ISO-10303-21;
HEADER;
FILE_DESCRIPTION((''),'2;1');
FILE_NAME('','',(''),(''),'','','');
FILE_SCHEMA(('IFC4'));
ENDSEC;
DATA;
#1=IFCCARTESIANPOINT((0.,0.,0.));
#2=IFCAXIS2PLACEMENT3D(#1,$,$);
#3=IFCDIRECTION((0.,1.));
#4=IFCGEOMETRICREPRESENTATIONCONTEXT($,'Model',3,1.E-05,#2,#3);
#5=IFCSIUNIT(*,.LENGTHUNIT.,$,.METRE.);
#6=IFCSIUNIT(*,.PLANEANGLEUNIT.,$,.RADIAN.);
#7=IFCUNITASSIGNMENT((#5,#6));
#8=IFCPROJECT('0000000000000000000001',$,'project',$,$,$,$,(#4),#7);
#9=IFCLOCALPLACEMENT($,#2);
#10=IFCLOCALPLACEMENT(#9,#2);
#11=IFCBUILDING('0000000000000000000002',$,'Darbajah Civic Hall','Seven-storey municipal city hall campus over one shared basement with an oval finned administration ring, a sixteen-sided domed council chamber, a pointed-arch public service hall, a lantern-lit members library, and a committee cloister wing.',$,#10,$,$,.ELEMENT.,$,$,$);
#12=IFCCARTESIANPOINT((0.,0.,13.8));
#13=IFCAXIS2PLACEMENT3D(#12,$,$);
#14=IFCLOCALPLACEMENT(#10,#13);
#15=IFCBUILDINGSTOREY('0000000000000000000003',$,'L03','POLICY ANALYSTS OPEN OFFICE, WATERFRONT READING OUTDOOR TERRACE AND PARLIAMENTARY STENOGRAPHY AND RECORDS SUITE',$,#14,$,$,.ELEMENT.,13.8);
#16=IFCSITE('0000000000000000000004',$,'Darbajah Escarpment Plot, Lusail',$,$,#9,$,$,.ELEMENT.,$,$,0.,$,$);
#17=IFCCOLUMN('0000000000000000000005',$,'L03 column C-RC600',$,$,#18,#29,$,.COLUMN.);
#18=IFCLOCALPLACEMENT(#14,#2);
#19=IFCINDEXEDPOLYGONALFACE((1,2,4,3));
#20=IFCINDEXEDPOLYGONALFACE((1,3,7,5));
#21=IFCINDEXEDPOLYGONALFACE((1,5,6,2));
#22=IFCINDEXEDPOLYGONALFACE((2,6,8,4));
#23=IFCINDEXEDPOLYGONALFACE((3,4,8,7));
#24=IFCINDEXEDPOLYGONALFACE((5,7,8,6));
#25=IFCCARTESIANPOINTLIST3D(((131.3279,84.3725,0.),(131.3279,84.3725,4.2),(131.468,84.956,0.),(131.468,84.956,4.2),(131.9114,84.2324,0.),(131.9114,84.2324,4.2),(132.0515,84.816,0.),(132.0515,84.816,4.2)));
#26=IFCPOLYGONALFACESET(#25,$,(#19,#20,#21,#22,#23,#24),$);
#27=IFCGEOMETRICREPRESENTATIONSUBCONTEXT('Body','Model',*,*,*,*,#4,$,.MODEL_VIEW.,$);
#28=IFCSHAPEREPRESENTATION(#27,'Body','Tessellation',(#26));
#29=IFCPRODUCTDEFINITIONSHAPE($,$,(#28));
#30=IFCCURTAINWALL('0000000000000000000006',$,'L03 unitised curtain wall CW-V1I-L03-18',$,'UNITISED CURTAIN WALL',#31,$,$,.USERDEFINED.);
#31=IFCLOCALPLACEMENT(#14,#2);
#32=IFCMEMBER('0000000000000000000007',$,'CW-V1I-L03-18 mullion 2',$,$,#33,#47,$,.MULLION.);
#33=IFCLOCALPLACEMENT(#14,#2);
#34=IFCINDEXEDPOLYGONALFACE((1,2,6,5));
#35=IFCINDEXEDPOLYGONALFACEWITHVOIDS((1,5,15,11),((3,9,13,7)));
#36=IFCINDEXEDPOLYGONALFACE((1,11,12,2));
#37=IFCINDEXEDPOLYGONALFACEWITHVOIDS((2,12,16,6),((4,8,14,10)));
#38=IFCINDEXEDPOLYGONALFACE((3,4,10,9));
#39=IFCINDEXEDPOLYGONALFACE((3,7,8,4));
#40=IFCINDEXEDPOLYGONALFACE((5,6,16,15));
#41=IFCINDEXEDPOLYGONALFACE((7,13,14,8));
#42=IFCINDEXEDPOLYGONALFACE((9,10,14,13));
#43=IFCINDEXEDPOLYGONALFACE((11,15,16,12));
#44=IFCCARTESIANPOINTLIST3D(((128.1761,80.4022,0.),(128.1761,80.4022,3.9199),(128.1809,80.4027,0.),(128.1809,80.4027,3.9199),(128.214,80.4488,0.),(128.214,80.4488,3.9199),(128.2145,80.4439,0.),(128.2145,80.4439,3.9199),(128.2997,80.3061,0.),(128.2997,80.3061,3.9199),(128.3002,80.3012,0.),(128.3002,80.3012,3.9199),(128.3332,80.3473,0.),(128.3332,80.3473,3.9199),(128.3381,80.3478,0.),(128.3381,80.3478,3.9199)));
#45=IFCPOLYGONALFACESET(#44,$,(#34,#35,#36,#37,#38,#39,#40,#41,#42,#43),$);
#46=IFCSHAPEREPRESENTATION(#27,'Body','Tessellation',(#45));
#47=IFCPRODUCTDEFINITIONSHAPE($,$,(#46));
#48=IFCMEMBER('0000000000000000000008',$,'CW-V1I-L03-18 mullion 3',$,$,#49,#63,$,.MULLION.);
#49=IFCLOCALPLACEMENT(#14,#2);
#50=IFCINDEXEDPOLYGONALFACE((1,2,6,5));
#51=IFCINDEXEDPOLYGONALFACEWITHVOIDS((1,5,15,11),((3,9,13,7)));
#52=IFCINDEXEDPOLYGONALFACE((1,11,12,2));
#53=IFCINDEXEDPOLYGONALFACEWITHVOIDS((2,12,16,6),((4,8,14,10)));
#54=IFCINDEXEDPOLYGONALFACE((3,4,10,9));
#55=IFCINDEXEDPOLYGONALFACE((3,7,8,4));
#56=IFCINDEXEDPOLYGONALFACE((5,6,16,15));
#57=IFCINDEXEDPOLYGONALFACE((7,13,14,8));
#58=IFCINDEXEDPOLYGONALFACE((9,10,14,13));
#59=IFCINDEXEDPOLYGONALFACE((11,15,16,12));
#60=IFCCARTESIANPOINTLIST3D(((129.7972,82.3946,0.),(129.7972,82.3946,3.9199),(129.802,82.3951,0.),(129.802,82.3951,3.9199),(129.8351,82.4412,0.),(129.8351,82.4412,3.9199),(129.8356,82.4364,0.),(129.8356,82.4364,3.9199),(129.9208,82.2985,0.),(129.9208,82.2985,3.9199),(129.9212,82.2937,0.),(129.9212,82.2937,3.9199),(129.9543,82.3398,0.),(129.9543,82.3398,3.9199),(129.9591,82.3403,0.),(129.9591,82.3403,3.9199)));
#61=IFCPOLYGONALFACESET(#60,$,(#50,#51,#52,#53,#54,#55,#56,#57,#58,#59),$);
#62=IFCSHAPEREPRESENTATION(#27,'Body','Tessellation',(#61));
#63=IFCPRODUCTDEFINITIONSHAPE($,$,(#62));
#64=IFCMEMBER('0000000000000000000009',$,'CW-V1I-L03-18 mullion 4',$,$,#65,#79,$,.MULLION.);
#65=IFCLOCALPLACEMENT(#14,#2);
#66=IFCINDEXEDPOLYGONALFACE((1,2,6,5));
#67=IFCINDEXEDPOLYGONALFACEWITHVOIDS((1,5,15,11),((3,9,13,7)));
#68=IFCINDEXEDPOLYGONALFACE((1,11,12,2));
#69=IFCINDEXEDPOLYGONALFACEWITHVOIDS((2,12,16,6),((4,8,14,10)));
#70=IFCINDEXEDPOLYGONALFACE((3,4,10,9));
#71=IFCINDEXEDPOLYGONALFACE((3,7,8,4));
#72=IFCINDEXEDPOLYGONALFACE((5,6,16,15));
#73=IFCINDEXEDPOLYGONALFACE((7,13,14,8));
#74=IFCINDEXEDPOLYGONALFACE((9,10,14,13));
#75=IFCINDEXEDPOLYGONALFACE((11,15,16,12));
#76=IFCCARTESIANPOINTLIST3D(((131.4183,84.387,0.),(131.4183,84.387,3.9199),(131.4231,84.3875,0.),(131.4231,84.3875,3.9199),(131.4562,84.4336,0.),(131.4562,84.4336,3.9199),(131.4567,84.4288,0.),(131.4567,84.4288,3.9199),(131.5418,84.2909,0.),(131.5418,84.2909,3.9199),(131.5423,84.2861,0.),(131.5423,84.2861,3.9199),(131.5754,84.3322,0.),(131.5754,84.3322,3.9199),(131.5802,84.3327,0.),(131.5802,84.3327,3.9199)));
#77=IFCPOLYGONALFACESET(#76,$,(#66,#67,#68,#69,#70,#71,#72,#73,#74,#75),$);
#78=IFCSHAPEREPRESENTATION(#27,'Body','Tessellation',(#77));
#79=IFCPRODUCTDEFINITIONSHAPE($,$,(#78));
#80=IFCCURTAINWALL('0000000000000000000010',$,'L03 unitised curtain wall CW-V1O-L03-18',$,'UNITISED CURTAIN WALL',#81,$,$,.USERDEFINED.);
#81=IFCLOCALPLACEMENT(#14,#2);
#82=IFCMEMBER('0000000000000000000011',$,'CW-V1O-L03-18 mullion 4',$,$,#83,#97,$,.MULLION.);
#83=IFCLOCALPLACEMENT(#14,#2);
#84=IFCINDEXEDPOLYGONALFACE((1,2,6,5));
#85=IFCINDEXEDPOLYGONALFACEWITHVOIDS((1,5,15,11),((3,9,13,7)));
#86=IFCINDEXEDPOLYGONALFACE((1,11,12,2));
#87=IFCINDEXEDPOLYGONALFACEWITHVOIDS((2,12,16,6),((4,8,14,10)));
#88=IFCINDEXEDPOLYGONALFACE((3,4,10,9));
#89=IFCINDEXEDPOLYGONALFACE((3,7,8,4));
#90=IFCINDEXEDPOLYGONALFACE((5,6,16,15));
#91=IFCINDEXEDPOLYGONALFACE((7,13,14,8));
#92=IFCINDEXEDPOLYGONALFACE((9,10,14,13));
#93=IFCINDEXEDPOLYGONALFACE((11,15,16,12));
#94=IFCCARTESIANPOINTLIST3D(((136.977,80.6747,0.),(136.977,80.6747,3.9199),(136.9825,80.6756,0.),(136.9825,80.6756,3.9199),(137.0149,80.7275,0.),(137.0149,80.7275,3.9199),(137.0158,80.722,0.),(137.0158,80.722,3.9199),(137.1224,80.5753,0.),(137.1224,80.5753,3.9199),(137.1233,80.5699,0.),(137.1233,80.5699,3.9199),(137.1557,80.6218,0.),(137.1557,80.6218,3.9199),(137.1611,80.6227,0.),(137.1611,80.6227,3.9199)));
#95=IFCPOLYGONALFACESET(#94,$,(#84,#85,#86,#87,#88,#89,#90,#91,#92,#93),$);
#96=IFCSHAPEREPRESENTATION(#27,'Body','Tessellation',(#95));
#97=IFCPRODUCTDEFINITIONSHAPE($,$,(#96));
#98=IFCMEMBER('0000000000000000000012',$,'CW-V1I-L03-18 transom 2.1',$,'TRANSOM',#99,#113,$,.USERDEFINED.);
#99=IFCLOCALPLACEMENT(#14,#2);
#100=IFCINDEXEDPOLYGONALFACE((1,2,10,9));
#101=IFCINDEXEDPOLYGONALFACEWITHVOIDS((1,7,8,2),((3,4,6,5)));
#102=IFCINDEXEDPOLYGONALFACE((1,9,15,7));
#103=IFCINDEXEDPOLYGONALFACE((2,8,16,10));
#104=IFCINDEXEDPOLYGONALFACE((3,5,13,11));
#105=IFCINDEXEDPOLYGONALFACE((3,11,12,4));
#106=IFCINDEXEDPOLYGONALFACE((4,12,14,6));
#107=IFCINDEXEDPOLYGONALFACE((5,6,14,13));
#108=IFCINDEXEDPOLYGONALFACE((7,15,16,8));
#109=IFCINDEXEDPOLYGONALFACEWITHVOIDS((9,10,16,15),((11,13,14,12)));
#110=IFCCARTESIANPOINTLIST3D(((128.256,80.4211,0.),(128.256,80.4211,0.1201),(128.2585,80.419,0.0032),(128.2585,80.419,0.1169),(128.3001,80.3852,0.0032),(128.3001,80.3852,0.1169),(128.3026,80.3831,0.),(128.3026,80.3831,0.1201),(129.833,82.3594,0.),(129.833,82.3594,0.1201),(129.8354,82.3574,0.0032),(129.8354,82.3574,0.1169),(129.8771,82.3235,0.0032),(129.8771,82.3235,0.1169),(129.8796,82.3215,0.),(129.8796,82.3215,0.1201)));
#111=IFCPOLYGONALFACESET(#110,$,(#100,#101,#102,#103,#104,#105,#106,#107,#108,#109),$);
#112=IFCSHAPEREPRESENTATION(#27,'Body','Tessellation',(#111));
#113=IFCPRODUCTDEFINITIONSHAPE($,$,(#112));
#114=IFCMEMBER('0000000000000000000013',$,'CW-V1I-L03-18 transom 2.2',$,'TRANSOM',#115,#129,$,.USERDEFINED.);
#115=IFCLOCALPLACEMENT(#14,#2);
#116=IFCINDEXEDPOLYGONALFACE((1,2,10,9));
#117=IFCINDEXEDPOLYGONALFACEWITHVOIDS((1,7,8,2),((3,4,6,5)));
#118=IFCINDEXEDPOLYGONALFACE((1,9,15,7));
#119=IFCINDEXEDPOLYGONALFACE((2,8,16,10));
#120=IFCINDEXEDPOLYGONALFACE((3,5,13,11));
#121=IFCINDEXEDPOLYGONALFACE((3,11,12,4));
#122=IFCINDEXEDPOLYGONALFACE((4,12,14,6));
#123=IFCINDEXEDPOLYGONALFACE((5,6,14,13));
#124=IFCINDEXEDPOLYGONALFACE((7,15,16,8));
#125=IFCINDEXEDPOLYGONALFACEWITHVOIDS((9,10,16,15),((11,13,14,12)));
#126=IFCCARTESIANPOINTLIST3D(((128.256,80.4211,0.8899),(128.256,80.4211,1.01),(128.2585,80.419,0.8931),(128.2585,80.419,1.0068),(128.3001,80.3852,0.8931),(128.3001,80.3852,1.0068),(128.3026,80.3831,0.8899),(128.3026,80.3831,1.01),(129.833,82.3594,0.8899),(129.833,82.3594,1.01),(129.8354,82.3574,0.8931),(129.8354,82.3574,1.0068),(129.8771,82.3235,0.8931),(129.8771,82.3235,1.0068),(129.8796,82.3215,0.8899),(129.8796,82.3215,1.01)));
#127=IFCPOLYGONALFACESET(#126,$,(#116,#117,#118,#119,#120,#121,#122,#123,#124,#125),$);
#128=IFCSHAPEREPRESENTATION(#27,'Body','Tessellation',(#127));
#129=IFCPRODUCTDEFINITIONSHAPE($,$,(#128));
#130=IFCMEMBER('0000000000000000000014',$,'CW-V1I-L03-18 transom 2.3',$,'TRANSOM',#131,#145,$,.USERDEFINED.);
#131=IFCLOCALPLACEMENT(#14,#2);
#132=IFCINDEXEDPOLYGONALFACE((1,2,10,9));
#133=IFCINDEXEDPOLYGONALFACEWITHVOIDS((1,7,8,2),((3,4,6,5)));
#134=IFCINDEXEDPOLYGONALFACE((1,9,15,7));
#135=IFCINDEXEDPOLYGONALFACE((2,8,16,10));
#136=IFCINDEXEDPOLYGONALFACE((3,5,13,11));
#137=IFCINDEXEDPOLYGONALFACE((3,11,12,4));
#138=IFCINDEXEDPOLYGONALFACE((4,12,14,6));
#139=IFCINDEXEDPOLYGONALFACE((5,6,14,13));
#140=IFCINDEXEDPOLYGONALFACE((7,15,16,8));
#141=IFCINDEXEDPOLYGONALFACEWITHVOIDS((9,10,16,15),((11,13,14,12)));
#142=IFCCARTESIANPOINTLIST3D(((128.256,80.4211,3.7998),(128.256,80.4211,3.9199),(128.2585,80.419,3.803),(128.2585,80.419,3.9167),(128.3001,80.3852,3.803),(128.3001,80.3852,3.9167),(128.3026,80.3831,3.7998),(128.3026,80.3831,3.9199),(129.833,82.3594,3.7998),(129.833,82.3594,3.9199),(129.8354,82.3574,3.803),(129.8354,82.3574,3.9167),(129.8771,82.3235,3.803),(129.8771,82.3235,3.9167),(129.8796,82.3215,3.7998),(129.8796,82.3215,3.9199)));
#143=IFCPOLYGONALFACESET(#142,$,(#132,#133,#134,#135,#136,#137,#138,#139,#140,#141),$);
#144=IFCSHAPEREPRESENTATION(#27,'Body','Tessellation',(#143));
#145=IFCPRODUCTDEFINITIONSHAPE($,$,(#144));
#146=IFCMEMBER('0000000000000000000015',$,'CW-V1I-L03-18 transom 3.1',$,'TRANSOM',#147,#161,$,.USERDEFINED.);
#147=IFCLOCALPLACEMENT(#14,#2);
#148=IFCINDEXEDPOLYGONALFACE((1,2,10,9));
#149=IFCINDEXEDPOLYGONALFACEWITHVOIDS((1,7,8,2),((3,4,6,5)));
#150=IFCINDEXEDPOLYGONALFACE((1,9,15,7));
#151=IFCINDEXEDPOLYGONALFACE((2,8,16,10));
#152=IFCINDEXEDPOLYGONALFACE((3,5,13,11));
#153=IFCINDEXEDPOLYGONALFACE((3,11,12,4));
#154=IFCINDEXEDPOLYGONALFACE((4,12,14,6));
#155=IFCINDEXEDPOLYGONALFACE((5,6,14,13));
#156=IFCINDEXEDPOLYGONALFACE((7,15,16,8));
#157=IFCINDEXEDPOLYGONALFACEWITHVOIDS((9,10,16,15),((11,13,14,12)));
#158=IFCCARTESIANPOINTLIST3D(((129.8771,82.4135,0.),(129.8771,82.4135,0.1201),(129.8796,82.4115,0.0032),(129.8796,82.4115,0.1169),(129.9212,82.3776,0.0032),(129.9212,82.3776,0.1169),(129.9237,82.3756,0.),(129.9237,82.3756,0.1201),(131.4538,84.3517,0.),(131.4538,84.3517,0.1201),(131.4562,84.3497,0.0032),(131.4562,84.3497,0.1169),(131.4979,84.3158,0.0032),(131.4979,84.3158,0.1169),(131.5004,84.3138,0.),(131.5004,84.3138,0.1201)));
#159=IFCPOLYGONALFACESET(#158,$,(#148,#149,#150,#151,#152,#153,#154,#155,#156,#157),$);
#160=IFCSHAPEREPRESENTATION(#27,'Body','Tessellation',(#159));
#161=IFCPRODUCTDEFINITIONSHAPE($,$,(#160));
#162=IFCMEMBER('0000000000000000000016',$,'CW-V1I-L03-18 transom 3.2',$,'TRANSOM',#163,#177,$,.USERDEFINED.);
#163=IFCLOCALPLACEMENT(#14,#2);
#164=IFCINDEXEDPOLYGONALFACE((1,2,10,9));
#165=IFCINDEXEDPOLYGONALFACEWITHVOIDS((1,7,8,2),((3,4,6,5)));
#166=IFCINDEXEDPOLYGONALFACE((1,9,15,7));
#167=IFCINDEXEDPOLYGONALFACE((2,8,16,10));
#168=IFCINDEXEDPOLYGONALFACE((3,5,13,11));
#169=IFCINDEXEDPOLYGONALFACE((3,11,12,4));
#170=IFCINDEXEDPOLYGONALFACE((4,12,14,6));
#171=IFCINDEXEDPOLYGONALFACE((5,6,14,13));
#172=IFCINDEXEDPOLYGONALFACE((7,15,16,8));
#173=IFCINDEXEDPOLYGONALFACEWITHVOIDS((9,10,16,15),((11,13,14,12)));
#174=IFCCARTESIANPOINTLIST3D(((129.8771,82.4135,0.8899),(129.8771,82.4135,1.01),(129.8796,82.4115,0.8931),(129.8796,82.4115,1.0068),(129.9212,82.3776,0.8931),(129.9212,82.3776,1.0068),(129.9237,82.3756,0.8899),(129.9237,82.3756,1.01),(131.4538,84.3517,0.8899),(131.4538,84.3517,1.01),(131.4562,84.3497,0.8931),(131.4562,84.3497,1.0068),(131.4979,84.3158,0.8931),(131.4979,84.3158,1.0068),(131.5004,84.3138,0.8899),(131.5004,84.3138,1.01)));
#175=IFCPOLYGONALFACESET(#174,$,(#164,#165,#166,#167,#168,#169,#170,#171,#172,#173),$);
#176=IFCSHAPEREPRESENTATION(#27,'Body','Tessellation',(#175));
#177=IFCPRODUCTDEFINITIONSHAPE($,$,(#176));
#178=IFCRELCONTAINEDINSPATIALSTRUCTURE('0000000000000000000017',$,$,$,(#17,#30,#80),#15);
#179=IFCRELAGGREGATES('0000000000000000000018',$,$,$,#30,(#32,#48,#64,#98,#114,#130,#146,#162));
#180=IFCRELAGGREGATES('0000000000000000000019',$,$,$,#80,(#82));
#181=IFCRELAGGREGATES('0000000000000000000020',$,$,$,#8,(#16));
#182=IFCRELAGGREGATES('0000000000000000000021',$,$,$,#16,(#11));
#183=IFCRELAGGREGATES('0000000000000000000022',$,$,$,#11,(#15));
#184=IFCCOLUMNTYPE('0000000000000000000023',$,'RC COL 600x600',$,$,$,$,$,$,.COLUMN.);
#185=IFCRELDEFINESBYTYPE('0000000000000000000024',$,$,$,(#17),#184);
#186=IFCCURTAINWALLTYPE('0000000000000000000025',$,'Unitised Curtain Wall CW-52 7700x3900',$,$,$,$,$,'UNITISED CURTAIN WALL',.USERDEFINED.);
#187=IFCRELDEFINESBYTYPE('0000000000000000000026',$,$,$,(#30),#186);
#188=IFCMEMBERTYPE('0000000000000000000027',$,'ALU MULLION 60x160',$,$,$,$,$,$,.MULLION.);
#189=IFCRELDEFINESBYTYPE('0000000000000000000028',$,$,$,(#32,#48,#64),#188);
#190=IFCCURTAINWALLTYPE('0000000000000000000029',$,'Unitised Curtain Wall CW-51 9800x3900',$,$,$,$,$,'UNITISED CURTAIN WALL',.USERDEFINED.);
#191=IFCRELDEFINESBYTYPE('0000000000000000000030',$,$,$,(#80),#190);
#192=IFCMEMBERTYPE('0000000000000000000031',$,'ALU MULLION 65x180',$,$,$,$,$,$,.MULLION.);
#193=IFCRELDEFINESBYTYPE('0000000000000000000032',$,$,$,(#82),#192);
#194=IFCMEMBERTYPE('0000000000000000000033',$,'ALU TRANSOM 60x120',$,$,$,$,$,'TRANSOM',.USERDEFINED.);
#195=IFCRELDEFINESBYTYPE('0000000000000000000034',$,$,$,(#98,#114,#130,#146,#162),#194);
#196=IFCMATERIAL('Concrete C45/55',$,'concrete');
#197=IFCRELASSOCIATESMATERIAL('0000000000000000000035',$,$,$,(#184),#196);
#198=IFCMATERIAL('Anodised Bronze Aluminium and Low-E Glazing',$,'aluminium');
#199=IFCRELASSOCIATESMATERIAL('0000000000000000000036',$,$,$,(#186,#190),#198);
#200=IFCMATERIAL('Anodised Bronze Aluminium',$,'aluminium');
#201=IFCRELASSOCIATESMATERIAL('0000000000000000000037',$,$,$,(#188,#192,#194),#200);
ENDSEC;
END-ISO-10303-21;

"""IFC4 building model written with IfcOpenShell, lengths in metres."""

from ifc_helpers import new_model, si_unit, direction, frame, origin, origin_2d, place, context, subcontext, project, spatial, rectangle, hollow_rectangle, extrude, material, material_profile, profile_set, type_object, element, aggregate, save


model = new_model("IFC4")

# Units and contexts
model_context = context("Model", 3, precision=1e-05, world=origin(), true_north=direction((0.0, 1.0)))
body_context = subcontext(model_context, "Body", "Model", "MODEL_VIEW")
ifc_project = project(units=[si_unit("LENGTHUNIT", "METRE"), si_unit("PLANEANGLEUNIT", "RADIAN")], contexts=[model_context])

# Site, building, storey
site_placement = place(None, origin())
site = spatial("IfcSite", under=ifc_project, at=site_placement, Name="Darbajah Escarpment Plot, Lusail", CompositionType="ELEMENT", RefElevation=0.0)
building_placement = place(site_placement, origin())
building = spatial("IfcBuilding", under=site, at=building_placement, Name="Darbajah Civic Hall", Description="Seven-storey municipal city hall campus over one shared basement with an oval finned administration ring, a sixteen-sided domed council chamber, a pointed-arch public service hall, a lantern-lit members library, and a committee cloister wing.", CompositionType="ELEMENT")
storey_placement = place(building_placement, frame((0.0, 0.0, 13.8)))
storey = spatial("IfcBuildingStorey", under=building, at=storey_placement, Name="L03", Description="POLICY ANALYSTS OPEN OFFICE, WATERFRONT READING OUTDOOR TERRACE AND PARLIAMENTARY STENOGRAPHY AND RECORDS SUITE", CompositionType="ELEMENT", Elevation=13.8)

# Column
ifc_material_1 = material(Name="Concrete C45/55", Category="concrete")
ifc_material_profile_1 = material_profile(ifc_material_1, rectangle(XDim=0.6001, YDim=0.6001, at=origin_2d()), Name="RC COL 600x600")
ifc_profile_set_1 = profile_set([ifc_material_profile_1], Name="Concrete C45/55")
column_type = type_object("IfcColumnType", Name="RC COL 600x600", PredefinedType="COLUMN", material=ifc_profile_set_1)
column_placement = place(storey_placement, frame((131.6897, 84.5942, 0.0), z_axis=(0.0, 0.0, 1.0), x_axis=(0.97237, -0.233445, 0.0)))
element("IfcColumn", 1, at=column_placement, inside=storey, type_object=column_type, Name="L03 column C-RC600", PredefinedType="COLUMN", context=body_context, shape_type="SweptSolid", body=[
    extrude(rectangle(XDim=0.6001, YDim=0.6001, at=origin_2d()), origin(), (0.0, 0.0, 1.0), 4.2),
])

# Curtain wall, members
ifc_material_2 = material(Name="Anodised Bronze Aluminium and Low-E Glazing", Category="aluminium")
curtain_wall_type_1 = type_object("IfcCurtainWallType", Name="Unitised Curtain Wall CW-52 7700x3900", ElementType="UNITISED CURTAIN WALL", PredefinedType="USERDEFINED", material=ifc_material_2)
curtain_wall_1_placement = place(storey_placement, origin())
curtain_wall_1 = element("IfcCurtainWall", 2, at=curtain_wall_1_placement, inside=storey, type_object=curtain_wall_type_1, Name="L03 unitised curtain wall CW-V1I-L03-18", ObjectType="UNITISED CURTAIN WALL", PredefinedType="USERDEFINED")
ifc_material_3 = material(Name="Anodised Bronze Aluminium", Category="aluminium")
ifc_material_profile_2 = material_profile(ifc_material_3, hollow_rectangle(XDim=0.0601, YDim=0.1599, WallThickness=0.0034, at=origin_2d()), Name="ALU MULLION 60x160")
ifc_profile_set_2 = profile_set([ifc_material_profile_2], Name="Anodised Bronze Aluminium")
member_type_1 = type_object("IfcMemberType", Name="ALU MULLION 60x160", PredefinedType="MULLION", material=ifc_profile_set_2)
member_1_placement = place(storey_placement, frame((128.2571, 80.375, 0.0), z_axis=(0.0, 0.0, 1.0), x_axis=(0.631082, 0.775716, 0.0)))
member_1 = element("IfcMember", 3, at=member_1_placement, type_object=member_type_1, Name="CW-V1I-L03-18 mullion 2", PredefinedType="MULLION", context=body_context, shape_type="SweptSolid", body=[
    extrude(hollow_rectangle(XDim=0.0601, YDim=0.1599, WallThickness=0.0034, at=origin_2d()), origin(), (0.0, 0.0, 1.0), 3.9199),
])
member_2_placement = place(storey_placement, frame((129.8782, 82.3674, 0.0), z_axis=(0.0, 0.0, 1.0), x_axis=(0.631082, 0.775716, 0.0)))
member_2 = element("IfcMember", 4, at=member_2_placement, type_object=member_type_1, Name="CW-V1I-L03-18 mullion 3", PredefinedType="MULLION", context=body_context, shape_type="SweptSolid", body=[
    extrude(hollow_rectangle(XDim=0.0601, YDim=0.1599, WallThickness=0.0034, at=origin_2d()), origin(), (0.0, 0.0, 1.0), 3.9199),
])
member_3_placement = place(storey_placement, frame((131.4993, 84.3599, 0.0), z_axis=(0.0, 0.0, 1.0), x_axis=(0.631082, 0.775716, 0.0)))
member_3 = element("IfcMember", 5, at=member_3_placement, type_object=member_type_1, Name="CW-V1I-L03-18 mullion 4", PredefinedType="MULLION", context=body_context, shape_type="SweptSolid", body=[
    extrude(hollow_rectangle(XDim=0.0601, YDim=0.1599, WallThickness=0.0034, at=origin_2d()), origin(), (0.0, 0.0, 1.0), 3.9199),
])

# Curtain wall, member
curtain_wall_type_2 = type_object("IfcCurtainWallType", Name="Unitised Curtain Wall CW-51 9800x3900", ElementType="UNITISED CURTAIN WALL", PredefinedType="USERDEFINED", material=ifc_material_2)
curtain_wall_2_placement = place(storey_placement, origin())
curtain_wall_2 = element("IfcCurtainWall", 6, at=curtain_wall_2_placement, inside=storey, type_object=curtain_wall_type_2, Name="L03 unitised curtain wall CW-V1O-L03-18", ObjectType="UNITISED CURTAIN WALL", PredefinedType="USERDEFINED")
ifc_material_profile_3 = material_profile(ifc_material_3, hollow_rectangle(XDim=0.0649, YDim=0.1799, WallThickness=0.0039, at=origin_2d()), Name="ALU MULLION 65x180")
ifc_profile_set_3 = profile_set([ifc_material_profile_3], Name="Anodised Bronze Aluminium")
member_type_2 = type_object("IfcMemberType", Name="ALU MULLION 65x180", PredefinedType="MULLION", material=ifc_profile_set_3)
member_4_placement = place(storey_placement, frame((137.0691, 80.6487, 0.0), z_axis=(0.0, 0.0, 1.0), x_axis=(0.582265, 0.812999, 0.0)))
member_4 = element("IfcMember", 7, at=member_4_placement, type_object=member_type_2, Name="CW-V1O-L03-18 mullion 4", PredefinedType="MULLION", context=body_context, shape_type="SweptSolid", body=[
    extrude(hollow_rectangle(XDim=0.0649, YDim=0.1799, WallThickness=0.0039, at=origin_2d()), origin(), (0.0, 0.0, 1.0), 3.9199),
])

# Members
ifc_material_profile_4 = material_profile(ifc_material_3, hollow_rectangle(XDim=0.0601, YDim=0.1201, WallThickness=0.0032, at=origin_2d()), Name="ALU TRANSOM 60x120")
ifc_profile_set_4 = profile_set([ifc_material_profile_4], Name="Anodised Bronze Aluminium")
member_type_3 = type_object("IfcMemberType", Name="ALU TRANSOM 60x120", ElementType="TRANSOM", PredefinedType="USERDEFINED", material=ifc_profile_set_4)
member_5_placement = place(storey_placement, frame((128.2793, 80.4021, 0.0601), z_axis=(0.631096, 0.775704, 0.0), x_axis=(-0.775704, 0.631096, 0.0)))
member_5 = element("IfcMember", 8, at=member_5_placement, type_object=member_type_3, Name="CW-V1I-L03-18 transom 2.1", ObjectType="TRANSOM", PredefinedType="USERDEFINED", context=body_context, shape_type="SweptSolid", body=[
    extrude(hollow_rectangle(XDim=0.0601, YDim=0.1201, WallThickness=0.0032, at=origin_2d()), origin(), (0.0, 0.0, 1.0), 2.4988),
])
member_6_placement = place(storey_placement, frame((128.2793, 80.4021, 0.95), z_axis=(0.631096, 0.775704, 0.0), x_axis=(-0.775704, 0.631096, 0.0)))
member_6 = element("IfcMember", 9, at=member_6_placement, type_object=member_type_3, Name="CW-V1I-L03-18 transom 2.2", ObjectType="TRANSOM", PredefinedType="USERDEFINED", context=body_context, shape_type="SweptSolid", body=[
    extrude(hollow_rectangle(XDim=0.0601, YDim=0.1201, WallThickness=0.0032, at=origin_2d()), origin(), (0.0, 0.0, 1.0), 2.4988),
])
member_7_placement = place(storey_placement, frame((128.2793, 80.4021, 3.8599), z_axis=(0.631096, 0.775704, 0.0), x_axis=(-0.775704, 0.631096, 0.0)))
member_7 = element("IfcMember", 10, at=member_7_placement, type_object=member_type_3, Name="CW-V1I-L03-18 transom 2.3", ObjectType="TRANSOM", PredefinedType="USERDEFINED", context=body_context, shape_type="SweptSolid", body=[
    extrude(hollow_rectangle(XDim=0.0601, YDim=0.1201, WallThickness=0.0032, at=origin_2d()), origin(), (0.0, 0.0, 1.0), 2.4988),
])
member_8_placement = place(storey_placement, frame((129.9004, 82.3945, 0.0601), z_axis=(0.631038, 0.775752, 0.0), x_axis=(-0.775752, 0.631038, 0.0)))
member_8 = element("IfcMember", 11, at=member_8_placement, type_object=member_type_3, Name="CW-V1I-L03-18 transom 3.1", ObjectType="TRANSOM", PredefinedType="USERDEFINED", context=body_context, shape_type="SweptSolid", body=[
    extrude(hollow_rectangle(XDim=0.0601, YDim=0.1201, WallThickness=0.0032, at=origin_2d()), origin(), (0.0, 0.0, 1.0), 2.4985),
])
member_9_placement = place(storey_placement, frame((129.9004, 82.3945, 0.95), z_axis=(0.631038, 0.775752, 0.0), x_axis=(-0.775752, 0.631038, 0.0)))
member_9 = element("IfcMember", 12, at=member_9_placement, type_object=member_type_3, Name="CW-V1I-L03-18 transom 3.2", ObjectType="TRANSOM", PredefinedType="USERDEFINED", context=body_context, shape_type="SweptSolid", body=[
    extrude(hollow_rectangle(XDim=0.0601, YDim=0.1201, WallThickness=0.0032, at=origin_2d()), origin(), (0.0, 0.0, 1.0), 2.4985),
])

aggregate(curtain_wall_1, [member_1, member_2, member_3, member_5, member_6, member_7, member_8, member_9])
aggregate(curtain_wall_2, [member_4])

save(model, "model.ifc")
